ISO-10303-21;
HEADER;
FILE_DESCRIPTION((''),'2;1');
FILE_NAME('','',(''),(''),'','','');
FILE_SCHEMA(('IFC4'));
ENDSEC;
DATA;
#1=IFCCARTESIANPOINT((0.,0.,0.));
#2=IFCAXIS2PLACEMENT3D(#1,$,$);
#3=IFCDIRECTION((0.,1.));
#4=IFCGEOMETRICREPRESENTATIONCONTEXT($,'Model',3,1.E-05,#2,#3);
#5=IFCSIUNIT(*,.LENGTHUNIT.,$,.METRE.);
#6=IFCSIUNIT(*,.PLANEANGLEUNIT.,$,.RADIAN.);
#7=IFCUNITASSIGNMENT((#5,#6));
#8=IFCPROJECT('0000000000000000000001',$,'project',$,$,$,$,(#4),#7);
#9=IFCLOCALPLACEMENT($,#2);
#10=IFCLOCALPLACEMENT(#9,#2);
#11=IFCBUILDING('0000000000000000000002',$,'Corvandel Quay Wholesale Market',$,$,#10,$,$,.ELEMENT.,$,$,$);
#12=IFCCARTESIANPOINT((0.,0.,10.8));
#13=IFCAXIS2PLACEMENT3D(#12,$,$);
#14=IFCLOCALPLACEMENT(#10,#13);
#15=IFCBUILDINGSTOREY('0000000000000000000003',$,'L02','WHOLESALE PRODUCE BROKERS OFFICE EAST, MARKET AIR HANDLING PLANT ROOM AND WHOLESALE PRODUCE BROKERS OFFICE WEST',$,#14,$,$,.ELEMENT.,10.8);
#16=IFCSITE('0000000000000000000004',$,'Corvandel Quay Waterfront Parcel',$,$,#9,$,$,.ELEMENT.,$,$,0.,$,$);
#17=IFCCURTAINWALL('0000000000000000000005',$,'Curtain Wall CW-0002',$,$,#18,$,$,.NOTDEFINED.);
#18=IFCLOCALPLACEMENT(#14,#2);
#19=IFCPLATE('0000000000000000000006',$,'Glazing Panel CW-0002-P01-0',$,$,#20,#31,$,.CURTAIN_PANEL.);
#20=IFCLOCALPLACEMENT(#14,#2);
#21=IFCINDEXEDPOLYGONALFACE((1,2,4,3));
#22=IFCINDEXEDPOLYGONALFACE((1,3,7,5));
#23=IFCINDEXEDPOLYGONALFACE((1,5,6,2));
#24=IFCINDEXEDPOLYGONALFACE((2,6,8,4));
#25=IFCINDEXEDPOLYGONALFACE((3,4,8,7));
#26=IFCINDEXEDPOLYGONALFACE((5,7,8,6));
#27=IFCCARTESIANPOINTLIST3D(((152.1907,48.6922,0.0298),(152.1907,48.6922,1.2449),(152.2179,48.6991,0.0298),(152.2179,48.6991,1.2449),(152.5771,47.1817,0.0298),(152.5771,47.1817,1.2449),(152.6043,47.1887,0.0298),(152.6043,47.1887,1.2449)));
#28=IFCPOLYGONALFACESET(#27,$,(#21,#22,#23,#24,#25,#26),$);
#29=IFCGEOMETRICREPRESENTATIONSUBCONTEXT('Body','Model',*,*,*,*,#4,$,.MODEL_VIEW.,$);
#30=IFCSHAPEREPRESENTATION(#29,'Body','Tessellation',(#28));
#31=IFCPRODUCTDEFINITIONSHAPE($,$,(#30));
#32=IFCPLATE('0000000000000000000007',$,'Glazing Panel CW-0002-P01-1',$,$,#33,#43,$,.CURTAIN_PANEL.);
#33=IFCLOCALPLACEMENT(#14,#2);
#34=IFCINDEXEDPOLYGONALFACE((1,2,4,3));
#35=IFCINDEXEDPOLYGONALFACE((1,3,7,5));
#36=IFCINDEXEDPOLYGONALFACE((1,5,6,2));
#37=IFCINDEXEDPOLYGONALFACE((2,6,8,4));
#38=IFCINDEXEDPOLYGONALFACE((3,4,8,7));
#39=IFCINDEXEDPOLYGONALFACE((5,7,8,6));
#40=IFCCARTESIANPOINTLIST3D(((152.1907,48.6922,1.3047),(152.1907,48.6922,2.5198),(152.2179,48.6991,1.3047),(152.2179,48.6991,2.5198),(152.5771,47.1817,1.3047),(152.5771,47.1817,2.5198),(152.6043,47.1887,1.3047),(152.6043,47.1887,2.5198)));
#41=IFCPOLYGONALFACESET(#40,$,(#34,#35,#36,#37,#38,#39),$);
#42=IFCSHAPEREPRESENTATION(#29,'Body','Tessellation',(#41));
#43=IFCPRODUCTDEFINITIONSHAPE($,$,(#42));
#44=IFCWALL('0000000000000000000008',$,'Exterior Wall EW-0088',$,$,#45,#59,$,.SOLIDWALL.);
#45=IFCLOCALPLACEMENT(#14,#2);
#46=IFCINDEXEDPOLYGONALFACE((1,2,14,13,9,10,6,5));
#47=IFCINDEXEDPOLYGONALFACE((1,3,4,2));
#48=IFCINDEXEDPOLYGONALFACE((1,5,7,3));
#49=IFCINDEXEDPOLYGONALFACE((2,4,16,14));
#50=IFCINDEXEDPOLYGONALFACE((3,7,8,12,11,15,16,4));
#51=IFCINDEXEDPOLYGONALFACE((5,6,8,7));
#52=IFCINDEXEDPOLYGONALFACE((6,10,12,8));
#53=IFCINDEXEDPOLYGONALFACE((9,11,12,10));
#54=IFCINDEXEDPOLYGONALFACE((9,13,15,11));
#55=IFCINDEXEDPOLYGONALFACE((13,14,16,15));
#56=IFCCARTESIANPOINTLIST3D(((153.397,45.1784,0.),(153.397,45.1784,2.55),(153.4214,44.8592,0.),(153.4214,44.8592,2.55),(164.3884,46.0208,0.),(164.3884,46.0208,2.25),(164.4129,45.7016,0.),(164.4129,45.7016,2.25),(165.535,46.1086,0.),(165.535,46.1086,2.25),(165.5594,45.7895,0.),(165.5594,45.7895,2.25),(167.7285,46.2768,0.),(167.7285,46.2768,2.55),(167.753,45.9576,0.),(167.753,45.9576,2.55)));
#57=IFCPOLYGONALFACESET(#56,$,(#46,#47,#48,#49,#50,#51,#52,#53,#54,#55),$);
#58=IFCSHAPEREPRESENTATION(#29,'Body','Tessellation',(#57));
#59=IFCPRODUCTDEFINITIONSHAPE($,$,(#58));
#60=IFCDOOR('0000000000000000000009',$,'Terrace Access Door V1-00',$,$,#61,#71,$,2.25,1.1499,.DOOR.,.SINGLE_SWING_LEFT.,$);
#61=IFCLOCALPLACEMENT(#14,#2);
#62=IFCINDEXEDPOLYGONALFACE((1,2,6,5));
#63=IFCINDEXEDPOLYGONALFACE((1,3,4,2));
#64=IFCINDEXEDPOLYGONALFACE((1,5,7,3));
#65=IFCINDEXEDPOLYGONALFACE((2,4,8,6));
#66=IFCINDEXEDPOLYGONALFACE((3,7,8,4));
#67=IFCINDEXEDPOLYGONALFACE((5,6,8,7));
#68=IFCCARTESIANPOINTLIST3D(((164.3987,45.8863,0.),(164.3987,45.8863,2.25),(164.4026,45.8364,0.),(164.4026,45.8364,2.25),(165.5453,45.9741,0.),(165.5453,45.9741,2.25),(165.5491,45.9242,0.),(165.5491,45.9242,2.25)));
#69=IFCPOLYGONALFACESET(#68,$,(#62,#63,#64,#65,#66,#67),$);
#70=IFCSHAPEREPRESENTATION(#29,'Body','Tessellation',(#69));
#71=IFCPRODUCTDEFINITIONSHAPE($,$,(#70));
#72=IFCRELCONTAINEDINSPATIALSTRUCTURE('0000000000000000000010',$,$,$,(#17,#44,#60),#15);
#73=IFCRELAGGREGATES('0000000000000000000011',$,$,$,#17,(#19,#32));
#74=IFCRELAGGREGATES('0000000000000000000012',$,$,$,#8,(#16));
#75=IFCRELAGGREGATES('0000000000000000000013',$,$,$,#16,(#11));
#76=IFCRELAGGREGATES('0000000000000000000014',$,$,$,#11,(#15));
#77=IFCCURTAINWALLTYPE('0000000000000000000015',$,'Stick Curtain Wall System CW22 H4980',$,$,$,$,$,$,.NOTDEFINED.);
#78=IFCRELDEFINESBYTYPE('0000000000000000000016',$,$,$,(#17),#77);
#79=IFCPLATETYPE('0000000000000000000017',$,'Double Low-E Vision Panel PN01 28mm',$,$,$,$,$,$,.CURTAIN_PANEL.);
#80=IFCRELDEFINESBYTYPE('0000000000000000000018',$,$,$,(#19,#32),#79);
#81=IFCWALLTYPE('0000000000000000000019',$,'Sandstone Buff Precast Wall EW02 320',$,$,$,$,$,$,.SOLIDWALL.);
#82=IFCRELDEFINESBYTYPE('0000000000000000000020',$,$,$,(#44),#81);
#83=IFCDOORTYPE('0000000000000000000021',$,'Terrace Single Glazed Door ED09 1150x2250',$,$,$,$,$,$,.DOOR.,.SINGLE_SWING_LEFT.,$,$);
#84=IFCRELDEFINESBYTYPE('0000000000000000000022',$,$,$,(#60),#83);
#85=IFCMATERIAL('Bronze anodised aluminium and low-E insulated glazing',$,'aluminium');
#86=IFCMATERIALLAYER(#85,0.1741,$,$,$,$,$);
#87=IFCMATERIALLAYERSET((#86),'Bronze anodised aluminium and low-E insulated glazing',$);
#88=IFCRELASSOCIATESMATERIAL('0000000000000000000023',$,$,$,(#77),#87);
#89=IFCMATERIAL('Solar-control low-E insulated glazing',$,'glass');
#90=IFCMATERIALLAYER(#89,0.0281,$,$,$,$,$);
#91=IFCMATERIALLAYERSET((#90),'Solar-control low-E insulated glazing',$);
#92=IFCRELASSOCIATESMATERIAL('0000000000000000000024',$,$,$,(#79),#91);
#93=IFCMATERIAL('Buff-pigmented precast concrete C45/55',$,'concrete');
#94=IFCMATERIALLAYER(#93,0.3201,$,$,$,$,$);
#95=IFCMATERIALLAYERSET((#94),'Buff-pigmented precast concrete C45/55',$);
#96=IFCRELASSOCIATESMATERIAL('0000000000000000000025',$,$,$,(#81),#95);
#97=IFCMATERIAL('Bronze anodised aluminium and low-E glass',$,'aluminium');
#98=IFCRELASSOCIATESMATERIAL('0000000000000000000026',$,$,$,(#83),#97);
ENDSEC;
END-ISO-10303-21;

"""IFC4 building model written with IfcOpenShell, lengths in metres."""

from ifc_helpers import new_model, si_unit, direction, frame, frame_2d, origin, origin_2d, place, context, subcontext, project, spatial, rectangle, extrude, material, layer, layer_set, type_object, element, fill, aggregate, save


model = new_model("IFC4")

# Units and contexts
model_context = context("Model", 3, precision=1e-05, world=origin(), true_north=direction((0.0, 1.0)))
body_context = subcontext(model_context, "Body", "Model", "MODEL_VIEW")
ifc_project = project(units=[si_unit("LENGTHUNIT", "METRE"), si_unit("PLANEANGLEUNIT", "RADIAN")], contexts=[model_context])

# Site, building, storey
site_placement = place(None, origin())
site = spatial("IfcSite", under=ifc_project, at=site_placement, Name="Corvandel Quay Waterfront Parcel", CompositionType="ELEMENT", RefElevation=0.0)
building_placement = place(site_placement, origin())
building = spatial("IfcBuilding", under=site, at=building_placement, Name="Corvandel Quay Wholesale Market", CompositionType="ELEMENT")
storey_placement = place(building_placement, frame((0.0, 0.0, 10.8)))
storey = spatial("IfcBuildingStorey", under=building, at=storey_placement, Name="L02", Description="WHOLESALE PRODUCE BROKERS OFFICE EAST, MARKET AIR HANDLING PLANT ROOM AND WHOLESALE PRODUCE BROKERS OFFICE WEST", CompositionType="ELEMENT", Elevation=10.8)

# Curtain wall
ifc_material_1 = material(Name="Bronze anodised aluminium and low-E insulated glazing", Category="aluminium")
ifc_layer_1 = layer(ifc_material_1, 0.1741)
ifc_layer_set_1 = layer_set([ifc_layer_1], Name="Bronze anodised aluminium and low-E insulated glazing")
curtain_wall_type = type_object("IfcCurtainWallType", Name="Stick Curtain Wall System CW22 H4980", PredefinedType="NOTDEFINED", material=ifc_layer_set_1)
curtain_wall_placement = place(storey_placement, origin())
curtain_wall = element("IfcCurtainWall", 1, at=curtain_wall_placement, inside=storey, type_object=curtain_wall_type, Name="Curtain Wall CW-0002", PredefinedType="NOTDEFINED")

# Plates
ifc_material_2 = material(Name="Solar-control low-E insulated glazing", Category="glass")
ifc_layer_2 = layer(ifc_material_2, 0.0281)
ifc_layer_set_2 = layer_set([ifc_layer_2], Name="Solar-control low-E insulated glazing")
plate_type = type_object("IfcPlateType", Name="Double Low-E Vision Panel PN01 28mm", PredefinedType="CURTAIN_PANEL", material=ifc_layer_set_2)
plate_1_placement = place(storey_placement, frame((152.3975, 47.9404, 0.0298), z_axis=(0.0, 0.0, 1.0), x_axis=(-0.247845, 0.9688, 0.0)))
plate_1 = element("IfcPlate", 2, at=plate_1_placement, type_object=plate_type, Name="Glazing Panel CW-0002-P01-0", PredefinedType="CURTAIN_PANEL", context=body_context, shape_type="SweptSolid", body=[
    extrude(rectangle(XDim=1.5591, YDim=0.0281, at=origin_2d()), origin(), (0.0, 0.0, 1.0), 1.2151),
])
plate_2_placement = place(storey_placement, frame((152.3975, 47.9404, 1.3047), z_axis=(0.0, 0.0, 1.0), x_axis=(-0.247845, 0.9688, 0.0)))
plate_2 = element("IfcPlate", 3, at=plate_2_placement, type_object=plate_type, Name="Glazing Panel CW-0002-P01-1", PredefinedType="CURTAIN_PANEL", context=body_context, shape_type="SweptSolid", body=[
    extrude(rectangle(XDim=1.5591, YDim=0.0281, at=origin_2d()), origin(), (0.0, 0.0, 1.0), 1.2151),
])
aggregate(curtain_wall, [plate_1, plate_2])

# Wall, opening, door
ifc_material_3 = material(Name="Buff-pigmented precast concrete C45/55", Category="concrete")
ifc_layer_3 = layer(ifc_material_3, 0.3201)
ifc_layer_set_3 = layer_set([ifc_layer_3], Name="Buff-pigmented precast concrete C45/55")
wall_type = type_object("IfcWallType", Name="Sandstone Buff Precast Wall EW02 320", PredefinedType="SOLIDWALL", material=ifc_layer_set_3)
wall_placement = place(storey_placement, frame((167.7407, 46.1172, 0.0), z_axis=(0.0, 0.0, 1.0), x_axis=(-0.997076, -0.076417, 0.0)))
wall = element("IfcWall", 4, at=wall_placement, inside=storey, type_object=wall_type, Name="Exterior Wall EW-0088", PredefinedType="SOLIDWALL", context=body_context, shape_type="SweptSolid", body=[
    extrude(rectangle(XDim=14.3735, YDim=0.3201, at=frame_2d((7.1868, 0.0))), origin(), (0.0, 0.0, 1.0), 2.55),
])
opening_placement = place(wall_placement, frame((2.2, 0.0, 0.0)))
opening = element("IfcOpeningElement", 5, at=opening_placement, cuts=wall, PredefinedType="OPENING", context=body_context, shape_type="SweptSolid", body=[
    extrude(rectangle(XDim=1.1499, YDim=2.25, at=frame_2d((0.575, 1.125))), frame((0.0, 0.1699, 0.0), z_axis=(0.0, -1.0, 0.0), x_axis=(1.0, 0.0, 0.0)), (0.0, 0.0, 1.0), 0.3401),
])
ifc_material_4 = material(Name="Bronze anodised aluminium and low-E glass", Category="aluminium")
door_type = type_object("IfcDoorType", Name="Terrace Single Glazed Door ED09 1150x2250", OperationType="SINGLE_SWING_LEFT", PredefinedType="DOOR", material=ifc_material_4)
door_placement = place(opening_placement, origin())
door = element("IfcDoor", 6, at=door_placement, inside=storey, type_object=door_type, Name="Terrace Access Door V1-00", OperationType="SINGLE_SWING_LEFT", OverallHeight=2.25, OverallWidth=1.1499, PredefinedType="DOOR", context=body_context, shape_type="SweptSolid", body=[
    extrude(rectangle(XDim=1.1499, YDim=2.25, at=frame_2d((0.575, 1.125))), frame((0.0, 0.0249, 0.0), z_axis=(0.0, -1.0, 0.0), x_axis=(1.0, 0.0, 0.0)), (0.0, 0.0, 1.0), 0.05),
])
fill(opening, door)

save(model, "model.ifc")
